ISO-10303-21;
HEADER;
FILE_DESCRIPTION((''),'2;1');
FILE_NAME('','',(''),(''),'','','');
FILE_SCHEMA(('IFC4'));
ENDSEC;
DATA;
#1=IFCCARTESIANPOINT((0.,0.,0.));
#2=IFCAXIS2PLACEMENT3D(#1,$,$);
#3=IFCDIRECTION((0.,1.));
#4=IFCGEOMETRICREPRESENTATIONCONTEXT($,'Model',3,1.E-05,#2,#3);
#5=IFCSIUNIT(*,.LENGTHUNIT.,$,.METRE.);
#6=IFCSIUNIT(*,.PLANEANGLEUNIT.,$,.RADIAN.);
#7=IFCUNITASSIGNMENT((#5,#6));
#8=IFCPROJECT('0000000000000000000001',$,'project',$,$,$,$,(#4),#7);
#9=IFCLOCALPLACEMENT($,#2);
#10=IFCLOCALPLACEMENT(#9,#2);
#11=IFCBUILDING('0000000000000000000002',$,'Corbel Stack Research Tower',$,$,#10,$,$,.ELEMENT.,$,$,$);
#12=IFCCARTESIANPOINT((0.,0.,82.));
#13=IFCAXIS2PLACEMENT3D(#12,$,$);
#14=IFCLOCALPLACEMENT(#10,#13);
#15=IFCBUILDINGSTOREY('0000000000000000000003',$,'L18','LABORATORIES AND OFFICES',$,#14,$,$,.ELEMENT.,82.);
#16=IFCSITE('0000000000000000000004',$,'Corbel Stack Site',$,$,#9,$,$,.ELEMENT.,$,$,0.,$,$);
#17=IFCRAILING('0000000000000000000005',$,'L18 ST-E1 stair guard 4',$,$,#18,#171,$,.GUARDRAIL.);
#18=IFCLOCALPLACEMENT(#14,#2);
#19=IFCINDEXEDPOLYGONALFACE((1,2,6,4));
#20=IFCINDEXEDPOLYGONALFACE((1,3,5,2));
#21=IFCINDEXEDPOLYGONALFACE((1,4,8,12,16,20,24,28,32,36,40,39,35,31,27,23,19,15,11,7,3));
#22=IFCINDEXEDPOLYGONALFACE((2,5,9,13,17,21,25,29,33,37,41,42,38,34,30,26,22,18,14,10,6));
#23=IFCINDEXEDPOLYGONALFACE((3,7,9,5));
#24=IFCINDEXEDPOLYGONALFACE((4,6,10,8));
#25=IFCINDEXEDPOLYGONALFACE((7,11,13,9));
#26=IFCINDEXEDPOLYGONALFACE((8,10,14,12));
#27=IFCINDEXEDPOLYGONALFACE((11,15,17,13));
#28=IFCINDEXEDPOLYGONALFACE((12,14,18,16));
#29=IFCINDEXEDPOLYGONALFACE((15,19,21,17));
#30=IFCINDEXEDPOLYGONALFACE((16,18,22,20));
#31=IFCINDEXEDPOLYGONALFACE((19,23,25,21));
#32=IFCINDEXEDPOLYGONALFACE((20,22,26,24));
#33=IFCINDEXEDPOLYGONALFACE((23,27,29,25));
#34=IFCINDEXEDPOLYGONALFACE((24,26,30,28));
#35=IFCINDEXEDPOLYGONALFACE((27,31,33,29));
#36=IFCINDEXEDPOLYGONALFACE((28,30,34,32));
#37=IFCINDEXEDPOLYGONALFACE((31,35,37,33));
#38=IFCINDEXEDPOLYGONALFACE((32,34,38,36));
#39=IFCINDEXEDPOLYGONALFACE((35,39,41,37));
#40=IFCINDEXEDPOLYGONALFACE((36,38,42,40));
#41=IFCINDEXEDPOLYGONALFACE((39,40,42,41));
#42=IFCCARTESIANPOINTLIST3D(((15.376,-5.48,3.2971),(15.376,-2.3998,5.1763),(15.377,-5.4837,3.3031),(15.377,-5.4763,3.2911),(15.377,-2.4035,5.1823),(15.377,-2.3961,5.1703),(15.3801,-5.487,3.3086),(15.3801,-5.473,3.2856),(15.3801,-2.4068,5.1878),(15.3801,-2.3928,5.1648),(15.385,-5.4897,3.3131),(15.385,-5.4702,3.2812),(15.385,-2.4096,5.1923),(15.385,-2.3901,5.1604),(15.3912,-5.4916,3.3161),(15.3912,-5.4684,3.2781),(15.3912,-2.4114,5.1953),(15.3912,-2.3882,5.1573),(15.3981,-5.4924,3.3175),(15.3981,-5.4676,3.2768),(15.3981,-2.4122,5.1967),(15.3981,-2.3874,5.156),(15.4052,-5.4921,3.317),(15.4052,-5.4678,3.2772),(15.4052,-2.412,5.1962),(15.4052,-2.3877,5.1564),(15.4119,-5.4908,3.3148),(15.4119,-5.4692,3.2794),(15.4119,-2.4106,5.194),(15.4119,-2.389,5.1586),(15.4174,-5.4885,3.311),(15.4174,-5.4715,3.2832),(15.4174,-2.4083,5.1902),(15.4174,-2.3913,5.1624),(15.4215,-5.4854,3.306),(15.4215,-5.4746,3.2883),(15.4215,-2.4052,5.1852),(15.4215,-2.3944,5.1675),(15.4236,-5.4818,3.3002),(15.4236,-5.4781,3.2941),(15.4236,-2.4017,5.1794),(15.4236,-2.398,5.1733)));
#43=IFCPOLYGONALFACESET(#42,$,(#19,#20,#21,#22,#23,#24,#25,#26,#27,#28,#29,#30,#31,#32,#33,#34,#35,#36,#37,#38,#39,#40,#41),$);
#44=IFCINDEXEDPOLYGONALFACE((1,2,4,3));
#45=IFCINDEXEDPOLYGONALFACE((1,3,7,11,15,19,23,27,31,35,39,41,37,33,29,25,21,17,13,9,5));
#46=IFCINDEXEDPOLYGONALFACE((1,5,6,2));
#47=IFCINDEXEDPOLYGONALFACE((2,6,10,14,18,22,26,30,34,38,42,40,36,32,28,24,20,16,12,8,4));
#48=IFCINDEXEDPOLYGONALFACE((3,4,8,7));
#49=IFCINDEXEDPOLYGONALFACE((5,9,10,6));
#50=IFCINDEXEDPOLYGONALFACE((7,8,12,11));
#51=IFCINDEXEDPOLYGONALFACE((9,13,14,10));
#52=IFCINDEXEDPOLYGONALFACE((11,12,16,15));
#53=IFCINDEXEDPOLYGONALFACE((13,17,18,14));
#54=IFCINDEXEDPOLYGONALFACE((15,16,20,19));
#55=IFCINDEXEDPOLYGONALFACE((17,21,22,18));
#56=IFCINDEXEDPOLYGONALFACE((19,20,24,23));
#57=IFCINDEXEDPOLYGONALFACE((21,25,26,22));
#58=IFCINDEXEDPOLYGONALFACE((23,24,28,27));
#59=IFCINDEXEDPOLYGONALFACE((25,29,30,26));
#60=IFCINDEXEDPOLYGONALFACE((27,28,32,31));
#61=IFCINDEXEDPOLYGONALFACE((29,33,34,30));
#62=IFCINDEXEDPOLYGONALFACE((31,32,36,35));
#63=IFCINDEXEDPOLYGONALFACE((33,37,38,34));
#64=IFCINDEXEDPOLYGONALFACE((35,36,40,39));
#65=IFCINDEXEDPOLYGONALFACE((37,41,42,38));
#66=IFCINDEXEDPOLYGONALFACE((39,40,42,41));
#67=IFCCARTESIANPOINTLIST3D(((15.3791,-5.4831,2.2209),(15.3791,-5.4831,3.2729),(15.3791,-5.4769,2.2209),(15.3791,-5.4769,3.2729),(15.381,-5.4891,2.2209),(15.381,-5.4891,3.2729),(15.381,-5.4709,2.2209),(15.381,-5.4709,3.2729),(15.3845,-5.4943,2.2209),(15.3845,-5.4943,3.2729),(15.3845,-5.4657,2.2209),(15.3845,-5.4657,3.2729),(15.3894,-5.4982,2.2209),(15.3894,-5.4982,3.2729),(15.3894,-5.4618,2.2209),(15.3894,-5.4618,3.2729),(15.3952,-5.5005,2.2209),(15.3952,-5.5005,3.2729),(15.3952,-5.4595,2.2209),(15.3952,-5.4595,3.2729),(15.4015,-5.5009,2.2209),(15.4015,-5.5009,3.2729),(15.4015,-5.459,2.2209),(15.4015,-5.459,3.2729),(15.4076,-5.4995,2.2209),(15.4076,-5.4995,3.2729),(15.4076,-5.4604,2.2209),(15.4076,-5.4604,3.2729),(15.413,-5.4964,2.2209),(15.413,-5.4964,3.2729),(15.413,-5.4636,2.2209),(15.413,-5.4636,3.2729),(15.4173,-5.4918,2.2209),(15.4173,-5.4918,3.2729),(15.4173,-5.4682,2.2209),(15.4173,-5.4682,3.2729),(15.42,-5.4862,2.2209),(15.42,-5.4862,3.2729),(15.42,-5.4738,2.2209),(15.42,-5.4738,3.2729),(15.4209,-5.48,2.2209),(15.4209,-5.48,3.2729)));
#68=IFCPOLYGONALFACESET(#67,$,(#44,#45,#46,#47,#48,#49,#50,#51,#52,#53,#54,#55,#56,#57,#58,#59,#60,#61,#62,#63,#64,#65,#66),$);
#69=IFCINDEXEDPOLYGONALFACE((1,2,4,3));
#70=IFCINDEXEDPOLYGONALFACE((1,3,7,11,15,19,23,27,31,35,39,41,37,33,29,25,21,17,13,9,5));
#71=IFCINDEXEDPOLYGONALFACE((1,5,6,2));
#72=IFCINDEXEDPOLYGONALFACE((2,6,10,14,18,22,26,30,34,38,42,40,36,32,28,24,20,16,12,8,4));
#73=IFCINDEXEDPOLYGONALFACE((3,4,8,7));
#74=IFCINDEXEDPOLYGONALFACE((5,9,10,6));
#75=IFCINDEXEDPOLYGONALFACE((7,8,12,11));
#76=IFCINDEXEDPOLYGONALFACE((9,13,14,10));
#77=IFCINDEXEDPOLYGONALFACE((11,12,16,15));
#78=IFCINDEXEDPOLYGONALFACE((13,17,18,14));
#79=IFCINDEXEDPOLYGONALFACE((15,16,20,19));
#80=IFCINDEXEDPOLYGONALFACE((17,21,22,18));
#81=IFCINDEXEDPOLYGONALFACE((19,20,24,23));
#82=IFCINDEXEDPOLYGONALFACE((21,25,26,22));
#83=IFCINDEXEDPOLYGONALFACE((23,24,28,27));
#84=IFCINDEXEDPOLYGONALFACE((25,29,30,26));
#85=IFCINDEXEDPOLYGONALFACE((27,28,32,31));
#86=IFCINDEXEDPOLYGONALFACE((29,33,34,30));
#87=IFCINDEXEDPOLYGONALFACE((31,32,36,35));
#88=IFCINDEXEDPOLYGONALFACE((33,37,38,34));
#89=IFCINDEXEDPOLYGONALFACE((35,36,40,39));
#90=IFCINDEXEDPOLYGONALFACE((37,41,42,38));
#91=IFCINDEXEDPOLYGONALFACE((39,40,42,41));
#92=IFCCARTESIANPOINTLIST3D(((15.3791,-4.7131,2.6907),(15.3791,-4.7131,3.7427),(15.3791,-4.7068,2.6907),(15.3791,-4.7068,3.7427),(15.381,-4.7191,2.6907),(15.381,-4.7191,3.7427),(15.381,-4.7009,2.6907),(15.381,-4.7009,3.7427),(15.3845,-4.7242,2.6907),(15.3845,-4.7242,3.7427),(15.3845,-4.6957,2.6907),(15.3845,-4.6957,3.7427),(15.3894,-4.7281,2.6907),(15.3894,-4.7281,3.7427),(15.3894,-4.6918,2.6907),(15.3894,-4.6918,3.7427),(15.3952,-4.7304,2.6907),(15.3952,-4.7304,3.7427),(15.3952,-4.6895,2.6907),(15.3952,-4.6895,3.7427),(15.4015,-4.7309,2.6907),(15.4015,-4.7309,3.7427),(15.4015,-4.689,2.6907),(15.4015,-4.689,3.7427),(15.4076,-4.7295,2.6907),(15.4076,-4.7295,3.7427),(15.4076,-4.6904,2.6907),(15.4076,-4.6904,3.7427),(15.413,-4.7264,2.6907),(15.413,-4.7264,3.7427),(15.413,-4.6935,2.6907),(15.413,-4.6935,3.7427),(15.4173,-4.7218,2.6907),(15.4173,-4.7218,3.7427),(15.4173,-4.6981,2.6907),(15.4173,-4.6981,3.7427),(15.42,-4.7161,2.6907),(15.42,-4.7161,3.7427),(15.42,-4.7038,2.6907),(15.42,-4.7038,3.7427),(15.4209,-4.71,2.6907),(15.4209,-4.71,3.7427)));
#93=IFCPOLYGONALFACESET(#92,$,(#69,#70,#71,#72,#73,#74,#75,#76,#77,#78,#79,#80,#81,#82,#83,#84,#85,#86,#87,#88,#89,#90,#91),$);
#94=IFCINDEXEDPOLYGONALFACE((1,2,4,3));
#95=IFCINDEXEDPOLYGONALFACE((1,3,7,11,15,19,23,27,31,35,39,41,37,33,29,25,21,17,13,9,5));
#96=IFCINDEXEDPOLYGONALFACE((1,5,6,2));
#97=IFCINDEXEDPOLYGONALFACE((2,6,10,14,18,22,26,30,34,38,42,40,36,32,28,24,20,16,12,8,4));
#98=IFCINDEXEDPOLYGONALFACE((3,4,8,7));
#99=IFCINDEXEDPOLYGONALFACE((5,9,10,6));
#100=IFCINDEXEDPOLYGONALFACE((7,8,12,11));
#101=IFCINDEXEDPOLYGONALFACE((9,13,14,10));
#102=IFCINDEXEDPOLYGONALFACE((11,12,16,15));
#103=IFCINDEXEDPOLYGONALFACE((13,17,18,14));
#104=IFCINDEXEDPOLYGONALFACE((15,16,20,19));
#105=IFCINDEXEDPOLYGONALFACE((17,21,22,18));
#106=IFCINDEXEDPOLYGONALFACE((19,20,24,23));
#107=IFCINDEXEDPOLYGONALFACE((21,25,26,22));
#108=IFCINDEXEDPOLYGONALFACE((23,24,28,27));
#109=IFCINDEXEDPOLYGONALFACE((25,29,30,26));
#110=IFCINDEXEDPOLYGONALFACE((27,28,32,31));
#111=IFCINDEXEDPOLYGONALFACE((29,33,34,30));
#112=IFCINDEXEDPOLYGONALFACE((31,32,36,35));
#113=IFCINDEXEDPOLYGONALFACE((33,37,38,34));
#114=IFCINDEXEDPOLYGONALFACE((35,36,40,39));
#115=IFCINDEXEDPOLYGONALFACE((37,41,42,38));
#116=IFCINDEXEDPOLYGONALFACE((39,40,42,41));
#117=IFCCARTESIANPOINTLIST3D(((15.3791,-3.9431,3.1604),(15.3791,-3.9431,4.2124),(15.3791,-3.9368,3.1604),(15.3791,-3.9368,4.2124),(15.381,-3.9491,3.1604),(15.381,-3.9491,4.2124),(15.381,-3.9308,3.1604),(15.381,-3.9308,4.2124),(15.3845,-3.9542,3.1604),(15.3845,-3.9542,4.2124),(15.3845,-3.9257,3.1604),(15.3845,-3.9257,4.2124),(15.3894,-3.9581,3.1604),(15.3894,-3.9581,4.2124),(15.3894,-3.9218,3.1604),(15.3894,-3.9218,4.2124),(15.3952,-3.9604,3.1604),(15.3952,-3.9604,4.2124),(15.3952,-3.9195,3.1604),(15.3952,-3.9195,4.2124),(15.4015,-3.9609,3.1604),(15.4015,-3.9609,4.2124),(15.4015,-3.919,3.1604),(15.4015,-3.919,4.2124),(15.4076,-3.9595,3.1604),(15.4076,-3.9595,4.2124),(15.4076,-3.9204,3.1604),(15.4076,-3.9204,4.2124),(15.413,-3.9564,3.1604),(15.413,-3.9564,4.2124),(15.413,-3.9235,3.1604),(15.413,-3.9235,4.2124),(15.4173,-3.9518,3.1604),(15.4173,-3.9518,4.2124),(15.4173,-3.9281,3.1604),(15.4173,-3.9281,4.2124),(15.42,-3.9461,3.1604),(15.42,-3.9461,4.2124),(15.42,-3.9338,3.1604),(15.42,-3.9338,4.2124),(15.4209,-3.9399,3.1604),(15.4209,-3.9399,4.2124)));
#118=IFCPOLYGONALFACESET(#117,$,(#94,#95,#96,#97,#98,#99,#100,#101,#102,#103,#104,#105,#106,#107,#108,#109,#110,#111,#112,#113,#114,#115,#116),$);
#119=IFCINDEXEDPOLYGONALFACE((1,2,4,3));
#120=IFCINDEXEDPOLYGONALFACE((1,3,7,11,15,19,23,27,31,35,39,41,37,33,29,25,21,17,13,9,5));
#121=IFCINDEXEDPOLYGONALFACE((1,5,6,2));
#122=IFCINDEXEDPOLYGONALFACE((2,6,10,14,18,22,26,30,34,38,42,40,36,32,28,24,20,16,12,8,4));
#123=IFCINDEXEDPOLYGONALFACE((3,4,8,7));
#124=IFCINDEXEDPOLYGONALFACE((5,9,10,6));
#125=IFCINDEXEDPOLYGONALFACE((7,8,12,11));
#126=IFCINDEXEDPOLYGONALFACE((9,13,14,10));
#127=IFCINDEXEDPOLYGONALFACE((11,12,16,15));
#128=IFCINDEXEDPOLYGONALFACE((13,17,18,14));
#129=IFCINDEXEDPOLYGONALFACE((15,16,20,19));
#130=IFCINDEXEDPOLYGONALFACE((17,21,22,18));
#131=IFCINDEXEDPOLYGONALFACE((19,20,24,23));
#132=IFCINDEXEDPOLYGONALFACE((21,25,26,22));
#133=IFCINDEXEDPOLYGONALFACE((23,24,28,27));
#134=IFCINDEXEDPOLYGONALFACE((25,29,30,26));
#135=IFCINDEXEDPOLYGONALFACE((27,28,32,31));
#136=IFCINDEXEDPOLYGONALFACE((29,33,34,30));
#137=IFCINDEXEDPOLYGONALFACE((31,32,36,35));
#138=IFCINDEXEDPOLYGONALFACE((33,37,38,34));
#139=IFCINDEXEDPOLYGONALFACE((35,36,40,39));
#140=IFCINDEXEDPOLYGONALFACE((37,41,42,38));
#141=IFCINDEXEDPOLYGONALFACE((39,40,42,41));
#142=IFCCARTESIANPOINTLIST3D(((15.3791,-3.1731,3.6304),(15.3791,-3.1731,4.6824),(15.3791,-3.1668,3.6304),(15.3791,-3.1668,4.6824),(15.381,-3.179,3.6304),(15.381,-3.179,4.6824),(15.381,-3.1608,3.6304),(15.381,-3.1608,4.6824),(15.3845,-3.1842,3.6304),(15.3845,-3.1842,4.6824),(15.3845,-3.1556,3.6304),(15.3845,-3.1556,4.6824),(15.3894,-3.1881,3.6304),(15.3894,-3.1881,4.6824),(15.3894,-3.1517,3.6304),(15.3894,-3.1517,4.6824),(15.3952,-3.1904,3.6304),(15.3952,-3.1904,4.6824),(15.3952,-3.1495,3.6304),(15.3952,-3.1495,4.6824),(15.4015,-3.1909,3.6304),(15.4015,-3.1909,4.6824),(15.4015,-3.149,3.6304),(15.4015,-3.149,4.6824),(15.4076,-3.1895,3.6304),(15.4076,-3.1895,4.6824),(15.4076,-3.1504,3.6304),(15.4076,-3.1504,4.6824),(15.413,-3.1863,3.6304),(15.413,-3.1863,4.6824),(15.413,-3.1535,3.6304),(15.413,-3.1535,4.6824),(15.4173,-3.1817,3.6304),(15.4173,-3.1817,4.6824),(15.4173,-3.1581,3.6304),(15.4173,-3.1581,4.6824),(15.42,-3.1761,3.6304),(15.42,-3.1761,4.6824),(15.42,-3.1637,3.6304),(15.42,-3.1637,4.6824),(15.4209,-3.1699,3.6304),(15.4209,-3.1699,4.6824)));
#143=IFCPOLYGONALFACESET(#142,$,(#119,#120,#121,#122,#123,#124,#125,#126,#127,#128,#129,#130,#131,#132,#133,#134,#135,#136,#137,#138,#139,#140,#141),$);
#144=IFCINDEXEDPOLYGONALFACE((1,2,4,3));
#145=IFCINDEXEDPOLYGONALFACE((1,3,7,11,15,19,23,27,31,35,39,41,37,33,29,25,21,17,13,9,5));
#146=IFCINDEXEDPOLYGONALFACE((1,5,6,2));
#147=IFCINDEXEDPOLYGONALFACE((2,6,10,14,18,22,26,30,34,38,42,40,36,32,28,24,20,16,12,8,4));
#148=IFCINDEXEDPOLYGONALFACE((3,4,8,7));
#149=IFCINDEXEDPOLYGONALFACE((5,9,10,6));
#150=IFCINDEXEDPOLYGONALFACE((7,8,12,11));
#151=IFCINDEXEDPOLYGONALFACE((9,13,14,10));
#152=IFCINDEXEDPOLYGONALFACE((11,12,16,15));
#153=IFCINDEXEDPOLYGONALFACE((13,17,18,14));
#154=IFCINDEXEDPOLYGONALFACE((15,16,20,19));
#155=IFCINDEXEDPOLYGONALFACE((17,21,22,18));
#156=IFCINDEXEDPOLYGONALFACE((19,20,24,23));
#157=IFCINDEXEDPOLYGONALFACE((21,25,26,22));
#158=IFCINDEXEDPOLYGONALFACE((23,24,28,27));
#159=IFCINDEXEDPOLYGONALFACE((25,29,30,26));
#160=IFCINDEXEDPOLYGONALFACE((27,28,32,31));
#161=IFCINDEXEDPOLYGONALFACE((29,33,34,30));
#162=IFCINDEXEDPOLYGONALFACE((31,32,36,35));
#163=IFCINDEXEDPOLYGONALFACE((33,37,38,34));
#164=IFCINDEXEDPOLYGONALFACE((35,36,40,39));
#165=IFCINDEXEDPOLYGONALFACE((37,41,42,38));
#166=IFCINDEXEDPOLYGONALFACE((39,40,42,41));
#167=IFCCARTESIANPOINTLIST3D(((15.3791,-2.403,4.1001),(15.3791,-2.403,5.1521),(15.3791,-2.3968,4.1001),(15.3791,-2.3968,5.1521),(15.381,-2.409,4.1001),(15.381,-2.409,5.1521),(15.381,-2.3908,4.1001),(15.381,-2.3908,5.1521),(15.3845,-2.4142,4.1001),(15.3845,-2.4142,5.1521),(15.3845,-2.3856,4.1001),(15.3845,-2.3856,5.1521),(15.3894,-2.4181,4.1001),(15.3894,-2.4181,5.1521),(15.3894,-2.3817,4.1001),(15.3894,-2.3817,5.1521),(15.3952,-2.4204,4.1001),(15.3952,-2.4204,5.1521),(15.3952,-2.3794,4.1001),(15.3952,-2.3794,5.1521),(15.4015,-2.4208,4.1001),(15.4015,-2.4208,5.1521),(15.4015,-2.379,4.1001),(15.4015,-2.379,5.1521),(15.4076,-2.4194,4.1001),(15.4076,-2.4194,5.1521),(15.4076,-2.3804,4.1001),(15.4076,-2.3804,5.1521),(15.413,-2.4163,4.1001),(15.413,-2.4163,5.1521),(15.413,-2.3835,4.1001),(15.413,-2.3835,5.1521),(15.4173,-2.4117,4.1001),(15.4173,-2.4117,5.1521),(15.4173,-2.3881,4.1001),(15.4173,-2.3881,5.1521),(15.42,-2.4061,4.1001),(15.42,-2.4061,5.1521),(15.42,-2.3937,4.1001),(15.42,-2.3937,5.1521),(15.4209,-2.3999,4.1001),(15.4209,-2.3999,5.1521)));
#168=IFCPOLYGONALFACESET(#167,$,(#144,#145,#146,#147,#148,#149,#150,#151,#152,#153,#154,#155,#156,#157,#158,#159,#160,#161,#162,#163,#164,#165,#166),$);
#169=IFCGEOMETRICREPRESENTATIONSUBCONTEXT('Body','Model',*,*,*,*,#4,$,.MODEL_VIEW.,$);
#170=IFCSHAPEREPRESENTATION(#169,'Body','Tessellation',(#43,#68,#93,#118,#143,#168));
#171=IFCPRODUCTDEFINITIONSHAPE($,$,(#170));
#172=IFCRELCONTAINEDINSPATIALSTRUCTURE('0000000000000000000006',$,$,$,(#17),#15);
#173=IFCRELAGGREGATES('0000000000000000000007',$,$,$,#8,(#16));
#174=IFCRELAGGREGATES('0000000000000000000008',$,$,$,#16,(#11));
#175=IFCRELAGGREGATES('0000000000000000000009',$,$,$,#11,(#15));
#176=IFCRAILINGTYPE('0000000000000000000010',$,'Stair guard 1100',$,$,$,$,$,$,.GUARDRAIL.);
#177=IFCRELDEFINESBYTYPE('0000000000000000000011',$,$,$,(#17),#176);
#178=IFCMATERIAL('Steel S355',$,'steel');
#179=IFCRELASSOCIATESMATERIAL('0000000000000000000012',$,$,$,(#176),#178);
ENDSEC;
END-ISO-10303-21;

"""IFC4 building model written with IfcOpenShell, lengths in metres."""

from ifc_helpers import new_model, si_unit, direction, frame, origin, origin_2d, place, context, subcontext, project, spatial, circle, extrude, material, type_object, element, save


model = new_model("IFC4")

# Units and contexts
model_context = context("Model", 3, precision=1e-05, world=origin(), true_north=direction((0.0, 1.0)))
body_context = subcontext(model_context, "Body", "Model", "MODEL_VIEW")
ifc_project = project(units=[si_unit("LENGTHUNIT", "METRE"), si_unit("PLANEANGLEUNIT", "RADIAN")], contexts=[model_context])

# Site, building, storey
site_placement = place(None, origin())
site = spatial("IfcSite", under=ifc_project, at=site_placement, Name="Corbel Stack Site", CompositionType="ELEMENT", RefElevation=0.0)
building_placement = place(site_placement, origin())
building = spatial("IfcBuilding", under=site, at=building_placement, Name="Corbel Stack Research Tower", CompositionType="ELEMENT")
storey_placement = place(building_placement, frame((0.0, 0.0, 82.0)))
storey = spatial("IfcBuildingStorey", under=building, at=storey_placement, Name="L18", Description="LABORATORIES AND OFFICES", CompositionType="ELEMENT", Elevation=82.0)

# Railing
ifc_material_1 = material(Name="Steel S355", Category="steel")
railing_type_1 = type_object("IfcRailingType", Name="Stair guard 1100", PredefinedType="GUARDRAIL", material=ifc_material_1)
railing_1_placement = place(storey_placement, frame((15.3999, -5.48, 2.2209)))
element("IfcRailing", 1, at=railing_1_placement, inside=storey, type_object=railing_type_1, Name="L18 ST-E1 stair guard 4", PredefinedType="GUARDRAIL", context=body_context, shape_type="SweptSolid", body=[
    extrude(circle(Radius=0.0239, at=origin_2d()), frame((0.0, 0.0, 1.0762), z_axis=(0.0, 0.853666, 0.52082), x_axis=(-1.0, 0.0, 0.0)), (0.0, 0.0, 1.0), 3.6082),
    extrude(circle(Radius=0.021, at=origin_2d()), origin(), (0.0, 0.0, 1.0), 1.052),
    extrude(circle(Radius=0.021, at=origin_2d()), frame((0.0, 0.77, 0.4697)), (0.0, 0.0, 1.0), 1.052),
    extrude(circle(Radius=0.021, at=origin_2d()), frame((0.0, 1.54, 0.9395)), (0.0, 0.0, 1.0), 1.052),
    extrude(circle(Radius=0.021, at=origin_2d()), frame((0.0, 2.3101, 1.4094)), (0.0, 0.0, 1.0), 1.052),
    extrude(circle(Radius=0.021, at=origin_2d()), frame((0.0, 3.0801, 1.8792)), (0.0, 0.0, 1.0), 1.052),
])

save(model, "model.ifc")
